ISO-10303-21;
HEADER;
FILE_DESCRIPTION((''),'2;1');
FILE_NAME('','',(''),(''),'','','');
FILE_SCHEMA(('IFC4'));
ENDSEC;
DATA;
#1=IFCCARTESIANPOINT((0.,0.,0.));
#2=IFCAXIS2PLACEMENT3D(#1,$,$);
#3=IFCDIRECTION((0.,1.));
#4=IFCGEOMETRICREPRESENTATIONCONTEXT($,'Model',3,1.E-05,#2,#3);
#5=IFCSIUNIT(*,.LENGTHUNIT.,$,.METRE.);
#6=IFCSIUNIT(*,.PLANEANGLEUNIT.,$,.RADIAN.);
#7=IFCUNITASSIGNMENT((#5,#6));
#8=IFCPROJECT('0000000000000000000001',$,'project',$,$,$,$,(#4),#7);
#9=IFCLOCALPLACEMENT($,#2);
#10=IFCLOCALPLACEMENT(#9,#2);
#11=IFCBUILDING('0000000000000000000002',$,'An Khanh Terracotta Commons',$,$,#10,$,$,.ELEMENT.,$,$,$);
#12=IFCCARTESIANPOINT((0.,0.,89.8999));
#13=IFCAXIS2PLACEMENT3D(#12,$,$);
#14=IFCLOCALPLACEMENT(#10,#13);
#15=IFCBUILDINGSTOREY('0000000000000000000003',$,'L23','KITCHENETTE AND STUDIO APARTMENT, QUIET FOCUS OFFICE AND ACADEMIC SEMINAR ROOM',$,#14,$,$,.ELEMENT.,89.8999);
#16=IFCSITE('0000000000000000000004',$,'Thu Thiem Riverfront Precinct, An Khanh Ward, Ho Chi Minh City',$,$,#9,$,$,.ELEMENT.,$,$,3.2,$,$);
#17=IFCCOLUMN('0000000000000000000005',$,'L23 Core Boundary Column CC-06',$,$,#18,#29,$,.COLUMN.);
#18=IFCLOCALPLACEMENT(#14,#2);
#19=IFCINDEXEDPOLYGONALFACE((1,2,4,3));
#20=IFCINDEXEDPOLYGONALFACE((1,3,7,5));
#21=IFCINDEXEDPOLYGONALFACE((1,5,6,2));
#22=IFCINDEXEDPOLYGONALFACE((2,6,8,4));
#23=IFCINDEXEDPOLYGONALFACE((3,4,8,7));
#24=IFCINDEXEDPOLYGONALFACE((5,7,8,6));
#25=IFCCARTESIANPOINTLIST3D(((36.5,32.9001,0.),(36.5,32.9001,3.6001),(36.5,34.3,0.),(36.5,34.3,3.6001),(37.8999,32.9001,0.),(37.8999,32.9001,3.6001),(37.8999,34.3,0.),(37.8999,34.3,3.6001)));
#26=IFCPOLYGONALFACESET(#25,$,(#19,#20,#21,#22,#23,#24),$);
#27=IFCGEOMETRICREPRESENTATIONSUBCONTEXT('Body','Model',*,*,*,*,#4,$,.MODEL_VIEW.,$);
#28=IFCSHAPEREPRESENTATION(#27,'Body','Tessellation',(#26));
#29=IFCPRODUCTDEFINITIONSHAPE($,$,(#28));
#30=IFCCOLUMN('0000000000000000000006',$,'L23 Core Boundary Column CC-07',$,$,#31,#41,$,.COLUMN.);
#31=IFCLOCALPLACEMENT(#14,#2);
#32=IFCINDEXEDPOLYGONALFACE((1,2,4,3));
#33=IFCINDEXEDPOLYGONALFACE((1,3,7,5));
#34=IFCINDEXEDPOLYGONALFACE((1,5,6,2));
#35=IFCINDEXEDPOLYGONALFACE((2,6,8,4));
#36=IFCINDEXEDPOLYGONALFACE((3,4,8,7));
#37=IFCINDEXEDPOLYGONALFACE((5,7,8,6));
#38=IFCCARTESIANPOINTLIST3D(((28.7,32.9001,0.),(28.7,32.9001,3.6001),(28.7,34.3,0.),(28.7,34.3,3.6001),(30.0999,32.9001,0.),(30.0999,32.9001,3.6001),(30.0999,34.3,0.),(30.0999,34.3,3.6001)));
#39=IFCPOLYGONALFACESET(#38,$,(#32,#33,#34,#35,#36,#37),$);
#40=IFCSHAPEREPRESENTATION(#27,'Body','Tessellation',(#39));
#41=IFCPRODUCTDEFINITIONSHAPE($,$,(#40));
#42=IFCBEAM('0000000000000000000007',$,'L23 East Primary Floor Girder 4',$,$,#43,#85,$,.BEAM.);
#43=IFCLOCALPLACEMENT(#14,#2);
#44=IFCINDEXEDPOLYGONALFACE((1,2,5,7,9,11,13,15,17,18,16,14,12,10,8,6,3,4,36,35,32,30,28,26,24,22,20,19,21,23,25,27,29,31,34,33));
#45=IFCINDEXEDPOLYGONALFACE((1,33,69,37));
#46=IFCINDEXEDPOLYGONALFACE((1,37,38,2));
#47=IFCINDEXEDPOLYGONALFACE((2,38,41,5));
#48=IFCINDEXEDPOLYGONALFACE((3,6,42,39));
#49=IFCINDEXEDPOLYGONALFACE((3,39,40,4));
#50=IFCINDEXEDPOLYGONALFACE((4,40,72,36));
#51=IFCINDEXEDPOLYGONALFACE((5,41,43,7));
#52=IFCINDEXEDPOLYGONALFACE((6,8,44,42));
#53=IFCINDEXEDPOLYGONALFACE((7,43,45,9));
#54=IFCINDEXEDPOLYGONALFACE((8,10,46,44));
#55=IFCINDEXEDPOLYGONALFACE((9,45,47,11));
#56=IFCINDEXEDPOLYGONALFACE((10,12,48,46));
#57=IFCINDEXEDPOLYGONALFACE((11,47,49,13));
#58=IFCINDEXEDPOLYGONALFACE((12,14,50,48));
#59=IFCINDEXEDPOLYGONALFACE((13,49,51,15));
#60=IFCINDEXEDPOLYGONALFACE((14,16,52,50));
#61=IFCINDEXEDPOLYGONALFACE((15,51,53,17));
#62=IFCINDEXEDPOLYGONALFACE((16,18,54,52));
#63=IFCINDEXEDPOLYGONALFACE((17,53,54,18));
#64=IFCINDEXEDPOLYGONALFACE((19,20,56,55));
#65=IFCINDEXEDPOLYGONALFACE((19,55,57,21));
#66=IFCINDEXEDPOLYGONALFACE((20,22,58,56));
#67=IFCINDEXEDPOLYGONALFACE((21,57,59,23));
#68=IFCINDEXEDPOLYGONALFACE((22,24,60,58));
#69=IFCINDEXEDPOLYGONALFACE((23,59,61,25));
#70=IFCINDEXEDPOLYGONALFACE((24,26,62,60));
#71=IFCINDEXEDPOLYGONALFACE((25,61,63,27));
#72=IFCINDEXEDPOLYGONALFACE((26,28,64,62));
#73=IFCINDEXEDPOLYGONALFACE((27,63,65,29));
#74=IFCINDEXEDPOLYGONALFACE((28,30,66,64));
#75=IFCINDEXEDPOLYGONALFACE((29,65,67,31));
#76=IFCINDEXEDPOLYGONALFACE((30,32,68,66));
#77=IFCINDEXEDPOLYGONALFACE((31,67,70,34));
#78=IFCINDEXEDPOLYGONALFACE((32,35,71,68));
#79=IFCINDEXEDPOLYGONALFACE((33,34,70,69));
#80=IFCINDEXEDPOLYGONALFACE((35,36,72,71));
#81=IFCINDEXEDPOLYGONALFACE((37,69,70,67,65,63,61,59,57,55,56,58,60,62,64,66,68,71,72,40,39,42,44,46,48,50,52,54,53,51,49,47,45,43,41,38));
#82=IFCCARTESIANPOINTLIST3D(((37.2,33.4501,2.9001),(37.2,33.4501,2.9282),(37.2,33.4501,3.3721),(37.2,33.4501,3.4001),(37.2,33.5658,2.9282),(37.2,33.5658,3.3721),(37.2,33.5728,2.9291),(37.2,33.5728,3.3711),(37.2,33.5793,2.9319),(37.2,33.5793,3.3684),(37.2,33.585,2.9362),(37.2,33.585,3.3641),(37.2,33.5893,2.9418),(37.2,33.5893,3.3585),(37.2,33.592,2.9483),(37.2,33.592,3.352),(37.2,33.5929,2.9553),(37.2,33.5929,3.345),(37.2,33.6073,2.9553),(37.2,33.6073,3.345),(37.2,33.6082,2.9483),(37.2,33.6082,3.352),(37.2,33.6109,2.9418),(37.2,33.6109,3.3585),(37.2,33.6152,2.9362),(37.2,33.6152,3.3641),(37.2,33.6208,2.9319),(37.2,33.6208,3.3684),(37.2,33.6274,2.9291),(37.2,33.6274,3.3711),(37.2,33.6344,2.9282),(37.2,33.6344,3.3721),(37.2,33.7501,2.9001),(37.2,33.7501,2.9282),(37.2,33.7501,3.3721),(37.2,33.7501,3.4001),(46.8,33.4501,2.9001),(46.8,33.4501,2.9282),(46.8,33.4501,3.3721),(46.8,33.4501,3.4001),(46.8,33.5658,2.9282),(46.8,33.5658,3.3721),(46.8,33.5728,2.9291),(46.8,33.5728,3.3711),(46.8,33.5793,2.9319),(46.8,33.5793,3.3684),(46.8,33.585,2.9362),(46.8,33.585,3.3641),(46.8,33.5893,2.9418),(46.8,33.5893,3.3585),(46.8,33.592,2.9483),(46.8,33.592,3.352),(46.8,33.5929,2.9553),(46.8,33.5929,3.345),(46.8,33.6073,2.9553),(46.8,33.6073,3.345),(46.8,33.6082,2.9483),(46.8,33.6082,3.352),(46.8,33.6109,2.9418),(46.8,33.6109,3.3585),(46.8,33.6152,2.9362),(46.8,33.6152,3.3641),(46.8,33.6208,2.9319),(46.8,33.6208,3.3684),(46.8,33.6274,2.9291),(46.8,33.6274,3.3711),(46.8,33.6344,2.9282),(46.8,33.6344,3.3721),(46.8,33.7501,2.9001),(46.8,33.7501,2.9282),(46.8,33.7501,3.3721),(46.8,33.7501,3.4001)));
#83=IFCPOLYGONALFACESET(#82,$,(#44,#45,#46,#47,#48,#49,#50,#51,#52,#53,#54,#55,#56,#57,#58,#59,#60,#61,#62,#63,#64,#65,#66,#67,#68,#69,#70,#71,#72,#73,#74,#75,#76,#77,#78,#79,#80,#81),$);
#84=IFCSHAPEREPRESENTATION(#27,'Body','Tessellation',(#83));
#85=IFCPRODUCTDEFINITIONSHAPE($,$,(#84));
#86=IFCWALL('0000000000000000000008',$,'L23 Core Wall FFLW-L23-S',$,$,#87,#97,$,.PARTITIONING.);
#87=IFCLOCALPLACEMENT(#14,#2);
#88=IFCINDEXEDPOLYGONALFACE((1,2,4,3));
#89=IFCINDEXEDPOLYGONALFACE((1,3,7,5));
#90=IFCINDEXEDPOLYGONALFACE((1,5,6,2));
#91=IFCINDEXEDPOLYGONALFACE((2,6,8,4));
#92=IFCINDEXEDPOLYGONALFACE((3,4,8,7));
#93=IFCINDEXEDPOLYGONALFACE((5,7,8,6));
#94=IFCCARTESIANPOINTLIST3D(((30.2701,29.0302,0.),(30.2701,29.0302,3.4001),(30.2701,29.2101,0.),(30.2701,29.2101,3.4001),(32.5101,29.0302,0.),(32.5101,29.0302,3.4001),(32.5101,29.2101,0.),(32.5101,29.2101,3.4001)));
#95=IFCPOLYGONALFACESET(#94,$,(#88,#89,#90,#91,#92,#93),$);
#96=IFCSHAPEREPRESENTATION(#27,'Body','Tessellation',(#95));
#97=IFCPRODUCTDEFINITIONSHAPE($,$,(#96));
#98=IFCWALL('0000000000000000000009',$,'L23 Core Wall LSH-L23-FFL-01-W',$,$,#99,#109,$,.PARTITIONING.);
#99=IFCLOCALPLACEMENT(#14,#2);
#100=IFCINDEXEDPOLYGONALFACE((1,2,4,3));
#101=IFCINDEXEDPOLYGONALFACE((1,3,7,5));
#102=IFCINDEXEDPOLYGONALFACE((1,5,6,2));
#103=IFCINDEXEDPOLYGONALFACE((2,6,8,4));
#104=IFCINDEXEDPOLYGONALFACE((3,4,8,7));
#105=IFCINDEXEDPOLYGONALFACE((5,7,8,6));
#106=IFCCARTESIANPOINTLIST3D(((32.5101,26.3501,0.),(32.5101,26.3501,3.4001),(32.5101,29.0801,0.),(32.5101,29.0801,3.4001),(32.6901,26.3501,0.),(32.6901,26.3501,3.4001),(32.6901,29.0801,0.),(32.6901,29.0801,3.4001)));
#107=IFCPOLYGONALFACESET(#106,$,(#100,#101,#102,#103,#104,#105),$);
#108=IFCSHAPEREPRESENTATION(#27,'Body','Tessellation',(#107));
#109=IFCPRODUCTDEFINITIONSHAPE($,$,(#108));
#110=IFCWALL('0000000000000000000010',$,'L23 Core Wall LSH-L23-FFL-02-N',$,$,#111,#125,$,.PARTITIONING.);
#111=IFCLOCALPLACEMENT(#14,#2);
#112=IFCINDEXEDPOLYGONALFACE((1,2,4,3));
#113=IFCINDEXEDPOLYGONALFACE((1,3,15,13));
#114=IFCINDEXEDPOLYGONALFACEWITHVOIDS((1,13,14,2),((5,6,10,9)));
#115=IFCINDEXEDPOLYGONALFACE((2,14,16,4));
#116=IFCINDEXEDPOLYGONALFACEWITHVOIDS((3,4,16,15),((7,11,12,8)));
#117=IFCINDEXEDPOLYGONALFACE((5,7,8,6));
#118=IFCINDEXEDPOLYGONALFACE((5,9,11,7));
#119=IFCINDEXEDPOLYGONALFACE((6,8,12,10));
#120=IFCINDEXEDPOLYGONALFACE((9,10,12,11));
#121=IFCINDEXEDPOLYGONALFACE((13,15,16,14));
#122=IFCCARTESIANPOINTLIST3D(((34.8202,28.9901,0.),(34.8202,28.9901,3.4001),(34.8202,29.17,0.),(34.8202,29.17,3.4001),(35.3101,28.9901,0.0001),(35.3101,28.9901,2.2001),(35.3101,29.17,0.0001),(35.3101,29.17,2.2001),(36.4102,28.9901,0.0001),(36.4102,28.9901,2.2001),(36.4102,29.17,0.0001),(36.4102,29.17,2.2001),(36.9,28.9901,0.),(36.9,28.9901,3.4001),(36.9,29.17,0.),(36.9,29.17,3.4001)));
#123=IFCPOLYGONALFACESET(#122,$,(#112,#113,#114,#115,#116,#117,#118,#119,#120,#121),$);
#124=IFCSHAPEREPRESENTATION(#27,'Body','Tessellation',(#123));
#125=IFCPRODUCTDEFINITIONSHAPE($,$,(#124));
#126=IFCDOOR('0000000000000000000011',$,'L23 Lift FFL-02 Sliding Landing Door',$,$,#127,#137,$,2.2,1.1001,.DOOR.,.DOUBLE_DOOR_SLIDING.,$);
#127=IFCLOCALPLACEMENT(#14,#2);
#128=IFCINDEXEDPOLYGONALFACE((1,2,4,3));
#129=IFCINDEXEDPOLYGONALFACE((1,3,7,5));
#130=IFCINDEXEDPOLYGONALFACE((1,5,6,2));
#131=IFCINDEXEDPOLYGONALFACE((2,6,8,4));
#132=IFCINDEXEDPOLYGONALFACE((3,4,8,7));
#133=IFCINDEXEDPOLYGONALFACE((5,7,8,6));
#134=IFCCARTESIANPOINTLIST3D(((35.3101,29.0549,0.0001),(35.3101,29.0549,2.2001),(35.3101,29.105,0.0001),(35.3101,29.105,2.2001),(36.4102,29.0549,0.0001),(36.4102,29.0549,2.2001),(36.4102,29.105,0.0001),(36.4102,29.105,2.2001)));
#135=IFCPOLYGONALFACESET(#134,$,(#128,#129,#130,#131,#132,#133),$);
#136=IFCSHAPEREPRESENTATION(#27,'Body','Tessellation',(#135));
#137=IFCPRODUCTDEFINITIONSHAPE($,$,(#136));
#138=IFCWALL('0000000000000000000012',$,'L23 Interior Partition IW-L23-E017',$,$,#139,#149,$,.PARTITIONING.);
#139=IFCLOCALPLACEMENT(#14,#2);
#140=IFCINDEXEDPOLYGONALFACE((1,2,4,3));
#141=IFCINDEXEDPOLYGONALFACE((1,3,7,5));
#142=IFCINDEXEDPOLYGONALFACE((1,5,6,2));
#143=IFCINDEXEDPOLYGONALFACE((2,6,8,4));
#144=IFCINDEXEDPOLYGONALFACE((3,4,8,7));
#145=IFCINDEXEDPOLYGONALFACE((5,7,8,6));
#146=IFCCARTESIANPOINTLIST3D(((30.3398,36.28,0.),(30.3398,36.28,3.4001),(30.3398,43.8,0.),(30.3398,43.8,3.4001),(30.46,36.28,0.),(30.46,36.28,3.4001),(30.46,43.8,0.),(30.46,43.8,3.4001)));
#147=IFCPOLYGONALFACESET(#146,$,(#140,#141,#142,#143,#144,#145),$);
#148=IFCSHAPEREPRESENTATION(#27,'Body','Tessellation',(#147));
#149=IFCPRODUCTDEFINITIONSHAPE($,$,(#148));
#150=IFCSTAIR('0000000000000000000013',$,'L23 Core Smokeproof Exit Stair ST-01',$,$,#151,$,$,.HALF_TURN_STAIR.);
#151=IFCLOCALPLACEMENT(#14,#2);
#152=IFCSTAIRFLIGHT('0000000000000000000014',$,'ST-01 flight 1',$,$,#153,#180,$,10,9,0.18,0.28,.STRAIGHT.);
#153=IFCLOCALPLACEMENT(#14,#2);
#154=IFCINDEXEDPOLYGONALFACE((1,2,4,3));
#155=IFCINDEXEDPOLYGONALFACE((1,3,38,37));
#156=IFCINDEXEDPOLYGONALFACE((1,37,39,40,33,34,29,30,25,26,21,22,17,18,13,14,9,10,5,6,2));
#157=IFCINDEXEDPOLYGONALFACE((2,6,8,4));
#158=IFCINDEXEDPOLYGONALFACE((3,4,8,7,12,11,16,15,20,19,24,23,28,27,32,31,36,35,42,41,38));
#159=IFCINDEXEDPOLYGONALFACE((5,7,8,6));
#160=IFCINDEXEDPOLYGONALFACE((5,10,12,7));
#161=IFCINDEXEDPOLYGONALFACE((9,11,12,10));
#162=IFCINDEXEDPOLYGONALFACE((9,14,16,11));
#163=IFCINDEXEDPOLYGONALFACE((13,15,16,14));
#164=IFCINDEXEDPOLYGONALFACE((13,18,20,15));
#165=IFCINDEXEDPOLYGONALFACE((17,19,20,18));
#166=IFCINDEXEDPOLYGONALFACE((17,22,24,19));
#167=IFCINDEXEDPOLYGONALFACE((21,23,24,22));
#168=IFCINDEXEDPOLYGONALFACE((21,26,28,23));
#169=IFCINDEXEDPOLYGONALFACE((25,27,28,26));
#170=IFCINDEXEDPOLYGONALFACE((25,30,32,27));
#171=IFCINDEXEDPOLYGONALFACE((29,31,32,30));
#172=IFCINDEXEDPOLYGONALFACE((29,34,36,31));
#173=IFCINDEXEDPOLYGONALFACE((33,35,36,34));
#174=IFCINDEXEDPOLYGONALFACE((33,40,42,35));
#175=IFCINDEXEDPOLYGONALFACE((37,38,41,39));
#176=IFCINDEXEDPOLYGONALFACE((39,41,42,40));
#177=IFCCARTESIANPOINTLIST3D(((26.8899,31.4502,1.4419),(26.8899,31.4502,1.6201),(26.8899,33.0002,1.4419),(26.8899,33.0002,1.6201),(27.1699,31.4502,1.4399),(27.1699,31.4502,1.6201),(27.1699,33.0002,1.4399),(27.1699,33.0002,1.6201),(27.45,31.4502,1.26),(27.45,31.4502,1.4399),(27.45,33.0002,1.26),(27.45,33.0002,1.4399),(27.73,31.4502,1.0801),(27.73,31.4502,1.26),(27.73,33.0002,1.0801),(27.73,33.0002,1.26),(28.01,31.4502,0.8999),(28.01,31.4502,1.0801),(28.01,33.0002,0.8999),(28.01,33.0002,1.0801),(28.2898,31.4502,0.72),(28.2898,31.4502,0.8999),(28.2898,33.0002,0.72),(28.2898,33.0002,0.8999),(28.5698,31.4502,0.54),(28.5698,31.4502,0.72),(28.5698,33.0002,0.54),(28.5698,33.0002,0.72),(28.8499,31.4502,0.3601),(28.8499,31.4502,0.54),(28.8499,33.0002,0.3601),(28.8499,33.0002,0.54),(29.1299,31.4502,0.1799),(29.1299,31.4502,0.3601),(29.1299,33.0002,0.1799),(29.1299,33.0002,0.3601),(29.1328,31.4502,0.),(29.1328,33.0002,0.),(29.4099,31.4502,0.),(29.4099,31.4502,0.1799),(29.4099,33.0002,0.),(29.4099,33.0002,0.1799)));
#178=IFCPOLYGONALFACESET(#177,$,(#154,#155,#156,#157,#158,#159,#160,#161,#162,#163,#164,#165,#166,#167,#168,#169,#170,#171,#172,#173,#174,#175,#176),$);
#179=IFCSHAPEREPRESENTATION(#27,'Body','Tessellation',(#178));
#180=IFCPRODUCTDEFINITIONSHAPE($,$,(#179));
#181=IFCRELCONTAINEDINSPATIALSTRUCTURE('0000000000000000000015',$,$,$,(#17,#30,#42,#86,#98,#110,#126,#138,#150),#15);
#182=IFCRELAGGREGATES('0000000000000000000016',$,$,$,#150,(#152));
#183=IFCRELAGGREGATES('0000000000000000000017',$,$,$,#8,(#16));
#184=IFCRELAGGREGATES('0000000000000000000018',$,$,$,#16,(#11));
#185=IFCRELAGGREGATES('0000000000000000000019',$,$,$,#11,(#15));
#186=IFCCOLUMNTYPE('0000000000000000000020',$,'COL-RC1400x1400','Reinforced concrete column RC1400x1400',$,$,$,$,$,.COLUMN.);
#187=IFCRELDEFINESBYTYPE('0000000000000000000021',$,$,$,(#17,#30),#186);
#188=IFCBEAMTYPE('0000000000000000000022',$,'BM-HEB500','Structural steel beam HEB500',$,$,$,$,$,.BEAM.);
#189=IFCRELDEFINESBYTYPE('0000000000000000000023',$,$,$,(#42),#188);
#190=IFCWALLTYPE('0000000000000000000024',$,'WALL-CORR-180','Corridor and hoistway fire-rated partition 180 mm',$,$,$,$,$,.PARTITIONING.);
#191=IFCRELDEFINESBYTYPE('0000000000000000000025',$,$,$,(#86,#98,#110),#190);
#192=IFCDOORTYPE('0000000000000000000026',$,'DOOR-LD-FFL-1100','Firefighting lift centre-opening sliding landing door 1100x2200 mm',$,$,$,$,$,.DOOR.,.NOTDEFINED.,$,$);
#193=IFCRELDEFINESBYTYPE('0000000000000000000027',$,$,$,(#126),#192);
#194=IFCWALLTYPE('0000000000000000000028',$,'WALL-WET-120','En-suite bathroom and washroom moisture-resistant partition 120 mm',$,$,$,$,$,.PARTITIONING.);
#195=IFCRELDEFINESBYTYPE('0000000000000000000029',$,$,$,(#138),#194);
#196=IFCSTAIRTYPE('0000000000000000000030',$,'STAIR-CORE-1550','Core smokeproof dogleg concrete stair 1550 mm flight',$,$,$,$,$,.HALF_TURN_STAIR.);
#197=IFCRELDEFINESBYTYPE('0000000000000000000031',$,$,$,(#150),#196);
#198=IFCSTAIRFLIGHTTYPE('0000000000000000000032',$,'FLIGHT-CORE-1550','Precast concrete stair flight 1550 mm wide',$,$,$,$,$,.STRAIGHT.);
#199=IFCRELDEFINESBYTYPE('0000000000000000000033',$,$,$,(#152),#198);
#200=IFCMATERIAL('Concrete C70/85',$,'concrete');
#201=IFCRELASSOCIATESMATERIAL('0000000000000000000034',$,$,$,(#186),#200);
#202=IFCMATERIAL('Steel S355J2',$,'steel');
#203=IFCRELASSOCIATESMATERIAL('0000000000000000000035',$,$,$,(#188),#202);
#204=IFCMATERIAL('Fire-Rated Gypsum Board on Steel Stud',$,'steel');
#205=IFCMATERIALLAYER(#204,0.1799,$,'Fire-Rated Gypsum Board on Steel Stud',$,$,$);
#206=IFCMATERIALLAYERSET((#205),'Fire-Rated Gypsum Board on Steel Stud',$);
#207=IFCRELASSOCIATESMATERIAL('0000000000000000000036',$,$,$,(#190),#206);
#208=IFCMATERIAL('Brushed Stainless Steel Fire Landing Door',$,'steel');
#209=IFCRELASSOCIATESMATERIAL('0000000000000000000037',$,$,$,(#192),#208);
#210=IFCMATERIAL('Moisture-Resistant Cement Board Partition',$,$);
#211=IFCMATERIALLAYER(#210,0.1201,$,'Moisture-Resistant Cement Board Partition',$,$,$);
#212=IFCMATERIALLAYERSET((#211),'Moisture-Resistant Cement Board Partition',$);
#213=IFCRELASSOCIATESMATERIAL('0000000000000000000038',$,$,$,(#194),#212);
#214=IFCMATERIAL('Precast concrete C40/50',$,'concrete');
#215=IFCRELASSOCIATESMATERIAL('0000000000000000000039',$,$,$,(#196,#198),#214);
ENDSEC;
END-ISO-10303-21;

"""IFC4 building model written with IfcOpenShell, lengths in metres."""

from ifc_helpers import new_model, si_unit, direction, frame, frame_2d, origin, origin_2d, place, context, subcontext, project, spatial, polyline, rectangle, i_section, outline, extrude, material, layer, layer_set, material_profile, profile_set, type_object, element, fill, aggregate, save


model = new_model("IFC4")

# Units and contexts
model_context = context("Model", 3, precision=1e-05, world=origin(), true_north=direction((0.0, 1.0)))
body_context = subcontext(model_context, "Body", "Model", "MODEL_VIEW")
ifc_project = project(units=[si_unit("LENGTHUNIT", "METRE"), si_unit("PLANEANGLEUNIT", "RADIAN")], contexts=[model_context])

# Site, building, storey
site_placement = place(None, origin())
site = spatial("IfcSite", under=ifc_project, at=site_placement, Name="Thu Thiem Riverfront Precinct, An Khanh Ward, Ho Chi Minh City", CompositionType="ELEMENT", RefElevation=3.2)
building_placement = place(site_placement, origin())
building = spatial("IfcBuilding", under=site, at=building_placement, Name="An Khanh Terracotta Commons", CompositionType="ELEMENT")
storey_placement = place(building_placement, frame((0.0, 0.0, 89.8999)))
storey = spatial("IfcBuildingStorey", under=building, at=storey_placement, Name="L23", Description="KITCHENETTE AND STUDIO APARTMENT, QUIET FOCUS OFFICE AND ACADEMIC SEMINAR ROOM", CompositionType="ELEMENT", Elevation=89.8999)

# Columns
ifc_material_1 = material(Name="Concrete C70/85", Category="concrete")
ifc_material_profile_1 = material_profile(ifc_material_1, rectangle(XDim=1.3999, YDim=1.3999, at=origin_2d()), Name="RC1400x1400")
ifc_profile_set_1 = profile_set([ifc_material_profile_1], Name="Concrete C70/85")
column_type = type_object("IfcColumnType", Name="COL-RC1400x1400", Description="Reinforced concrete column RC1400x1400", PredefinedType="COLUMN", material=ifc_profile_set_1)
for number, where, z_axis, x_axis, name in (
    (1, (37.2, 33.6001, 0.0), (0.0, 0.0, 1.0), (1.0, 0.0, 0.0), "L23 Core Boundary Column CC-06"),
    (2, (29.3999, 33.6001, 0.0), (0.0, 0.0, 1.0), (1.0, 0.0, 0.0), "L23 Core Boundary Column CC-07"),
):
    element("IfcColumn", number, at=place(storey_placement, frame(where, z_axis=z_axis, x_axis=x_axis)), inside=storey, type_object=column_type, Name=name, PredefinedType="COLUMN", context=body_context, shape_type="SweptSolid", body=[
        extrude(rectangle(XDim=1.3999, YDim=1.3999, at=origin_2d()), origin(), (0.0, 0.0, 1.0), 3.6001),
    ])

# Beam
ifc_material_2 = material(Name="Steel S355J2", Category="steel")
ifc_material_profile_2 = material_profile(ifc_material_2, i_section(OverallWidth=0.3, OverallDepth=0.5, WebThickness=0.0144, FlangeThickness=0.0281, FilletRadius=0.0271, at=origin_2d()), Name="HEB500")
ifc_profile_set_2 = profile_set([ifc_material_profile_2], Name="Steel S355J2")
beam_type = type_object("IfcBeamType", Name="BM-HEB500", Description="Structural steel beam HEB500", PredefinedType="BEAM", material=ifc_profile_set_2)
beam_placement = place(storey_placement, frame((37.2, 33.6001, 3.1501), z_axis=(1.0, 0.0, 0.0), x_axis=(0.0, 1.0, 0.0)))
element("IfcBeam", 3, at=beam_placement, inside=storey, type_object=beam_type, Name="L23 East Primary Floor Girder 4", PredefinedType="BEAM", context=body_context, shape_type="SweptSolid", body=[
    extrude(i_section(OverallWidth=0.3, OverallDepth=0.5, WebThickness=0.0144, FlangeThickness=0.0281, FilletRadius=0.0271, at=origin_2d()), origin(), (0.0, 0.0, 1.0), 9.6001),
])

# Walls
ifc_material_3 = material(Name="Fire-Rated Gypsum Board on Steel Stud", Category="steel")
ifc_layer_1 = layer(ifc_material_3, 0.1799, Name="Fire-Rated Gypsum Board on Steel Stud")
ifc_layer_set_1 = layer_set([ifc_layer_1], Name="Fire-Rated Gypsum Board on Steel Stud")
wall_type_1 = type_object("IfcWallType", Name="WALL-CORR-180", Description="Corridor and hoistway fire-rated partition 180 mm", PredefinedType="PARTITIONING", material=ifc_layer_set_1)
wall_1_placement = place(storey_placement, frame((30.27, 29.1201, 0.0), z_axis=(0.0, 0.0, 1.0), x_axis=(1.0, 0.0, 0.0)))
element("IfcWall", 4, at=wall_1_placement, inside=storey, type_object=wall_type_1, Name="L23 Core Wall FFLW-L23-S", PredefinedType="PARTITIONING", context=body_context, shape_type="SweptSolid", body=[
    extrude(rectangle(XDim=2.24, YDim=0.1799, at=frame_2d((1.1201, 0.0))), origin(), (0.0, 0.0, 1.0), 3.4001),
])
wall_2_placement = place(storey_placement, frame((32.6001, 29.0801, 0.0), z_axis=(0.0, 0.0, 1.0), x_axis=(0.0, -1.0, 0.0)))
element("IfcWall", 5, at=wall_2_placement, inside=storey, type_object=wall_type_1, Name="L23 Core Wall LSH-L23-FFL-01-W", PredefinedType="PARTITIONING", context=body_context, shape_type="SweptSolid", body=[
    extrude(rectangle(XDim=2.73, YDim=0.1799, at=frame_2d((1.365, 0.0))), origin(), (0.0, 0.0, 1.0), 3.4001),
])

# Wall, opening, door
wall_3_placement = place(storey_placement, frame((34.8201, 29.0801, 0.0), z_axis=(0.0, 0.0, 1.0), x_axis=(1.0, 0.0, 0.0)))
wall_3 = element("IfcWall", 6, at=wall_3_placement, inside=storey, type_object=wall_type_1, Name="L23 Core Wall LSH-L23-FFL-02-N", PredefinedType="PARTITIONING", context=body_context, shape_type="SweptSolid", body=[
    extrude(rectangle(XDim=2.0798, YDim=0.1799, at=frame_2d((1.04, 0.0))), origin(), (0.0, 0.0, 1.0), 3.4001),
])
opening_1_placement = place(wall_3_placement, frame((0.49, 0.0, 0.0)))
opening_1 = element("IfcOpeningElement", 7, at=opening_1_placement, cuts=wall_3, PredefinedType="OPENING", context=body_context, shape_type="SweptSolid", body=[
    extrude(rectangle(XDim=1.1001, YDim=2.2, at=frame_2d((0.55, 1.1001))), frame((0.0, 0.0999, 0.0), z_axis=(0.0, -1.0, 0.0), x_axis=(1.0, 0.0, 0.0)), (0.0, 0.0, 1.0), 0.2),
])
ifc_material_4 = material(Name="Brushed Stainless Steel Fire Landing Door", Category="steel")
door_type_1 = type_object("IfcDoorType", Name="DOOR-LD-FFL-1100", Description="Firefighting lift centre-opening sliding landing door 1100x2200 mm", OperationType="NOTDEFINED", PredefinedType="DOOR", material=ifc_material_4)
door_1_placement = place(opening_1_placement, origin())
door_1 = element("IfcDoor", 8, at=door_1_placement, inside=storey, type_object=door_type_1, Name="L23 Lift FFL-02 Sliding Landing Door", OperationType="DOUBLE_DOOR_SLIDING", OverallHeight=2.2, OverallWidth=1.1001, PredefinedType="DOOR", context=body_context, shape_type="SweptSolid", body=[
    extrude(rectangle(XDim=1.1001, YDim=2.2, at=frame_2d((0.55, 1.1001))), frame((0.0, 0.0249, 0.0), z_axis=(0.0, -1.0, 0.0), x_axis=(1.0, 0.0, 0.0)), (0.0, 0.0, 1.0), 0.05),
])
fill(opening_1, door_1)

# Wall
ifc_material_5 = material(Name="Moisture-Resistant Cement Board Partition")
ifc_layer_2 = layer(ifc_material_5, 0.1201, Name="Moisture-Resistant Cement Board Partition")
ifc_layer_set_2 = layer_set([ifc_layer_2], Name="Moisture-Resistant Cement Board Partition")
wall_type_2 = type_object("IfcWallType", Name="WALL-WET-120", Description="En-suite bathroom and washroom moisture-resistant partition 120 mm", PredefinedType="PARTITIONING", material=ifc_layer_set_2)
wall_4_placement = place(storey_placement, frame((30.3999, 36.28, 0.0), z_axis=(0.0, 0.0, 1.0), x_axis=(0.0, 1.0, 0.0)))
element("IfcWall", 9, at=wall_4_placement, inside=storey, type_object=wall_type_2, Name="L23 Interior Partition IW-L23-E017", PredefinedType="PARTITIONING", context=body_context, shape_type="SweptSolid", body=[
    extrude(rectangle(XDim=7.52, YDim=0.1201, at=frame_2d((3.76, 0.0))), origin(), (0.0, 0.0, 1.0), 3.4001),
])

# Stair, stair flight
ifc_material_6 = material(Name="Precast concrete C40/50", Category="concrete")
stair_type = type_object("IfcStairType", Name="STAIR-CORE-1550", Description="Core smokeproof dogleg concrete stair 1550 mm flight", PredefinedType="HALF_TURN_STAIR", material=ifc_material_6)
stair_placement = place(storey_placement, origin())
stair = element("IfcStair", 10, at=stair_placement, inside=storey, type_object=stair_type, Name="L23 Core Smokeproof Exit Stair ST-01", PredefinedType="HALF_TURN_STAIR")
stair_flight_type = type_object("IfcStairFlightType", Name="FLIGHT-CORE-1550", Description="Precast concrete stair flight 1550 mm wide", PredefinedType="STRAIGHT", material=ifc_material_6)
stair_flight_1_placement = place(storey_placement, frame((29.4099, 32.2251, 0.0), z_axis=(0.0, 0.0, 1.0), x_axis=(-1.0, 0.0, 0.0)))
stair_flight_1 = element("IfcStairFlight", 11, at=stair_flight_1_placement, type_object=stair_flight_type, Name="ST-01 flight 1", NumberOfRisers=10, NumberOfTreads=9, PredefinedType="STRAIGHT", RiserHeight=0.18, TreadLength=0.28, context=body_context, shape_type="SweptSolid", body=[
    extrude(outline(polyline([(0.0, 0.0), (0.0, 0.1799), (0.28, 0.1799), (0.28, 0.3601), (0.5601, 0.3601), (0.5601, 0.54), (0.8401, 0.54), (0.8401, 0.72), (1.1201, 0.72), (1.1201, 0.8999), (1.3999, 0.8999), (1.3999, 1.0801), (1.6799, 1.0801), (1.6799, 1.26), (1.96, 1.26), (1.96, 1.4399), (2.24, 1.4399), (2.24, 1.6201), (2.52, 1.6201), (2.52, 1.8), (2.52, 1.4419), (0.2771, 0.0), (0.0, 0.0)])), frame((0.0, 0.7749, 0.0), z_axis=(0.0, -1.0, 0.0), x_axis=(1.0, 0.0, 0.0)), (0.0, 0.0, 1.0), 1.55),
])
aggregate(stair, [stair_flight_1])

save(model, "model.ifc")
